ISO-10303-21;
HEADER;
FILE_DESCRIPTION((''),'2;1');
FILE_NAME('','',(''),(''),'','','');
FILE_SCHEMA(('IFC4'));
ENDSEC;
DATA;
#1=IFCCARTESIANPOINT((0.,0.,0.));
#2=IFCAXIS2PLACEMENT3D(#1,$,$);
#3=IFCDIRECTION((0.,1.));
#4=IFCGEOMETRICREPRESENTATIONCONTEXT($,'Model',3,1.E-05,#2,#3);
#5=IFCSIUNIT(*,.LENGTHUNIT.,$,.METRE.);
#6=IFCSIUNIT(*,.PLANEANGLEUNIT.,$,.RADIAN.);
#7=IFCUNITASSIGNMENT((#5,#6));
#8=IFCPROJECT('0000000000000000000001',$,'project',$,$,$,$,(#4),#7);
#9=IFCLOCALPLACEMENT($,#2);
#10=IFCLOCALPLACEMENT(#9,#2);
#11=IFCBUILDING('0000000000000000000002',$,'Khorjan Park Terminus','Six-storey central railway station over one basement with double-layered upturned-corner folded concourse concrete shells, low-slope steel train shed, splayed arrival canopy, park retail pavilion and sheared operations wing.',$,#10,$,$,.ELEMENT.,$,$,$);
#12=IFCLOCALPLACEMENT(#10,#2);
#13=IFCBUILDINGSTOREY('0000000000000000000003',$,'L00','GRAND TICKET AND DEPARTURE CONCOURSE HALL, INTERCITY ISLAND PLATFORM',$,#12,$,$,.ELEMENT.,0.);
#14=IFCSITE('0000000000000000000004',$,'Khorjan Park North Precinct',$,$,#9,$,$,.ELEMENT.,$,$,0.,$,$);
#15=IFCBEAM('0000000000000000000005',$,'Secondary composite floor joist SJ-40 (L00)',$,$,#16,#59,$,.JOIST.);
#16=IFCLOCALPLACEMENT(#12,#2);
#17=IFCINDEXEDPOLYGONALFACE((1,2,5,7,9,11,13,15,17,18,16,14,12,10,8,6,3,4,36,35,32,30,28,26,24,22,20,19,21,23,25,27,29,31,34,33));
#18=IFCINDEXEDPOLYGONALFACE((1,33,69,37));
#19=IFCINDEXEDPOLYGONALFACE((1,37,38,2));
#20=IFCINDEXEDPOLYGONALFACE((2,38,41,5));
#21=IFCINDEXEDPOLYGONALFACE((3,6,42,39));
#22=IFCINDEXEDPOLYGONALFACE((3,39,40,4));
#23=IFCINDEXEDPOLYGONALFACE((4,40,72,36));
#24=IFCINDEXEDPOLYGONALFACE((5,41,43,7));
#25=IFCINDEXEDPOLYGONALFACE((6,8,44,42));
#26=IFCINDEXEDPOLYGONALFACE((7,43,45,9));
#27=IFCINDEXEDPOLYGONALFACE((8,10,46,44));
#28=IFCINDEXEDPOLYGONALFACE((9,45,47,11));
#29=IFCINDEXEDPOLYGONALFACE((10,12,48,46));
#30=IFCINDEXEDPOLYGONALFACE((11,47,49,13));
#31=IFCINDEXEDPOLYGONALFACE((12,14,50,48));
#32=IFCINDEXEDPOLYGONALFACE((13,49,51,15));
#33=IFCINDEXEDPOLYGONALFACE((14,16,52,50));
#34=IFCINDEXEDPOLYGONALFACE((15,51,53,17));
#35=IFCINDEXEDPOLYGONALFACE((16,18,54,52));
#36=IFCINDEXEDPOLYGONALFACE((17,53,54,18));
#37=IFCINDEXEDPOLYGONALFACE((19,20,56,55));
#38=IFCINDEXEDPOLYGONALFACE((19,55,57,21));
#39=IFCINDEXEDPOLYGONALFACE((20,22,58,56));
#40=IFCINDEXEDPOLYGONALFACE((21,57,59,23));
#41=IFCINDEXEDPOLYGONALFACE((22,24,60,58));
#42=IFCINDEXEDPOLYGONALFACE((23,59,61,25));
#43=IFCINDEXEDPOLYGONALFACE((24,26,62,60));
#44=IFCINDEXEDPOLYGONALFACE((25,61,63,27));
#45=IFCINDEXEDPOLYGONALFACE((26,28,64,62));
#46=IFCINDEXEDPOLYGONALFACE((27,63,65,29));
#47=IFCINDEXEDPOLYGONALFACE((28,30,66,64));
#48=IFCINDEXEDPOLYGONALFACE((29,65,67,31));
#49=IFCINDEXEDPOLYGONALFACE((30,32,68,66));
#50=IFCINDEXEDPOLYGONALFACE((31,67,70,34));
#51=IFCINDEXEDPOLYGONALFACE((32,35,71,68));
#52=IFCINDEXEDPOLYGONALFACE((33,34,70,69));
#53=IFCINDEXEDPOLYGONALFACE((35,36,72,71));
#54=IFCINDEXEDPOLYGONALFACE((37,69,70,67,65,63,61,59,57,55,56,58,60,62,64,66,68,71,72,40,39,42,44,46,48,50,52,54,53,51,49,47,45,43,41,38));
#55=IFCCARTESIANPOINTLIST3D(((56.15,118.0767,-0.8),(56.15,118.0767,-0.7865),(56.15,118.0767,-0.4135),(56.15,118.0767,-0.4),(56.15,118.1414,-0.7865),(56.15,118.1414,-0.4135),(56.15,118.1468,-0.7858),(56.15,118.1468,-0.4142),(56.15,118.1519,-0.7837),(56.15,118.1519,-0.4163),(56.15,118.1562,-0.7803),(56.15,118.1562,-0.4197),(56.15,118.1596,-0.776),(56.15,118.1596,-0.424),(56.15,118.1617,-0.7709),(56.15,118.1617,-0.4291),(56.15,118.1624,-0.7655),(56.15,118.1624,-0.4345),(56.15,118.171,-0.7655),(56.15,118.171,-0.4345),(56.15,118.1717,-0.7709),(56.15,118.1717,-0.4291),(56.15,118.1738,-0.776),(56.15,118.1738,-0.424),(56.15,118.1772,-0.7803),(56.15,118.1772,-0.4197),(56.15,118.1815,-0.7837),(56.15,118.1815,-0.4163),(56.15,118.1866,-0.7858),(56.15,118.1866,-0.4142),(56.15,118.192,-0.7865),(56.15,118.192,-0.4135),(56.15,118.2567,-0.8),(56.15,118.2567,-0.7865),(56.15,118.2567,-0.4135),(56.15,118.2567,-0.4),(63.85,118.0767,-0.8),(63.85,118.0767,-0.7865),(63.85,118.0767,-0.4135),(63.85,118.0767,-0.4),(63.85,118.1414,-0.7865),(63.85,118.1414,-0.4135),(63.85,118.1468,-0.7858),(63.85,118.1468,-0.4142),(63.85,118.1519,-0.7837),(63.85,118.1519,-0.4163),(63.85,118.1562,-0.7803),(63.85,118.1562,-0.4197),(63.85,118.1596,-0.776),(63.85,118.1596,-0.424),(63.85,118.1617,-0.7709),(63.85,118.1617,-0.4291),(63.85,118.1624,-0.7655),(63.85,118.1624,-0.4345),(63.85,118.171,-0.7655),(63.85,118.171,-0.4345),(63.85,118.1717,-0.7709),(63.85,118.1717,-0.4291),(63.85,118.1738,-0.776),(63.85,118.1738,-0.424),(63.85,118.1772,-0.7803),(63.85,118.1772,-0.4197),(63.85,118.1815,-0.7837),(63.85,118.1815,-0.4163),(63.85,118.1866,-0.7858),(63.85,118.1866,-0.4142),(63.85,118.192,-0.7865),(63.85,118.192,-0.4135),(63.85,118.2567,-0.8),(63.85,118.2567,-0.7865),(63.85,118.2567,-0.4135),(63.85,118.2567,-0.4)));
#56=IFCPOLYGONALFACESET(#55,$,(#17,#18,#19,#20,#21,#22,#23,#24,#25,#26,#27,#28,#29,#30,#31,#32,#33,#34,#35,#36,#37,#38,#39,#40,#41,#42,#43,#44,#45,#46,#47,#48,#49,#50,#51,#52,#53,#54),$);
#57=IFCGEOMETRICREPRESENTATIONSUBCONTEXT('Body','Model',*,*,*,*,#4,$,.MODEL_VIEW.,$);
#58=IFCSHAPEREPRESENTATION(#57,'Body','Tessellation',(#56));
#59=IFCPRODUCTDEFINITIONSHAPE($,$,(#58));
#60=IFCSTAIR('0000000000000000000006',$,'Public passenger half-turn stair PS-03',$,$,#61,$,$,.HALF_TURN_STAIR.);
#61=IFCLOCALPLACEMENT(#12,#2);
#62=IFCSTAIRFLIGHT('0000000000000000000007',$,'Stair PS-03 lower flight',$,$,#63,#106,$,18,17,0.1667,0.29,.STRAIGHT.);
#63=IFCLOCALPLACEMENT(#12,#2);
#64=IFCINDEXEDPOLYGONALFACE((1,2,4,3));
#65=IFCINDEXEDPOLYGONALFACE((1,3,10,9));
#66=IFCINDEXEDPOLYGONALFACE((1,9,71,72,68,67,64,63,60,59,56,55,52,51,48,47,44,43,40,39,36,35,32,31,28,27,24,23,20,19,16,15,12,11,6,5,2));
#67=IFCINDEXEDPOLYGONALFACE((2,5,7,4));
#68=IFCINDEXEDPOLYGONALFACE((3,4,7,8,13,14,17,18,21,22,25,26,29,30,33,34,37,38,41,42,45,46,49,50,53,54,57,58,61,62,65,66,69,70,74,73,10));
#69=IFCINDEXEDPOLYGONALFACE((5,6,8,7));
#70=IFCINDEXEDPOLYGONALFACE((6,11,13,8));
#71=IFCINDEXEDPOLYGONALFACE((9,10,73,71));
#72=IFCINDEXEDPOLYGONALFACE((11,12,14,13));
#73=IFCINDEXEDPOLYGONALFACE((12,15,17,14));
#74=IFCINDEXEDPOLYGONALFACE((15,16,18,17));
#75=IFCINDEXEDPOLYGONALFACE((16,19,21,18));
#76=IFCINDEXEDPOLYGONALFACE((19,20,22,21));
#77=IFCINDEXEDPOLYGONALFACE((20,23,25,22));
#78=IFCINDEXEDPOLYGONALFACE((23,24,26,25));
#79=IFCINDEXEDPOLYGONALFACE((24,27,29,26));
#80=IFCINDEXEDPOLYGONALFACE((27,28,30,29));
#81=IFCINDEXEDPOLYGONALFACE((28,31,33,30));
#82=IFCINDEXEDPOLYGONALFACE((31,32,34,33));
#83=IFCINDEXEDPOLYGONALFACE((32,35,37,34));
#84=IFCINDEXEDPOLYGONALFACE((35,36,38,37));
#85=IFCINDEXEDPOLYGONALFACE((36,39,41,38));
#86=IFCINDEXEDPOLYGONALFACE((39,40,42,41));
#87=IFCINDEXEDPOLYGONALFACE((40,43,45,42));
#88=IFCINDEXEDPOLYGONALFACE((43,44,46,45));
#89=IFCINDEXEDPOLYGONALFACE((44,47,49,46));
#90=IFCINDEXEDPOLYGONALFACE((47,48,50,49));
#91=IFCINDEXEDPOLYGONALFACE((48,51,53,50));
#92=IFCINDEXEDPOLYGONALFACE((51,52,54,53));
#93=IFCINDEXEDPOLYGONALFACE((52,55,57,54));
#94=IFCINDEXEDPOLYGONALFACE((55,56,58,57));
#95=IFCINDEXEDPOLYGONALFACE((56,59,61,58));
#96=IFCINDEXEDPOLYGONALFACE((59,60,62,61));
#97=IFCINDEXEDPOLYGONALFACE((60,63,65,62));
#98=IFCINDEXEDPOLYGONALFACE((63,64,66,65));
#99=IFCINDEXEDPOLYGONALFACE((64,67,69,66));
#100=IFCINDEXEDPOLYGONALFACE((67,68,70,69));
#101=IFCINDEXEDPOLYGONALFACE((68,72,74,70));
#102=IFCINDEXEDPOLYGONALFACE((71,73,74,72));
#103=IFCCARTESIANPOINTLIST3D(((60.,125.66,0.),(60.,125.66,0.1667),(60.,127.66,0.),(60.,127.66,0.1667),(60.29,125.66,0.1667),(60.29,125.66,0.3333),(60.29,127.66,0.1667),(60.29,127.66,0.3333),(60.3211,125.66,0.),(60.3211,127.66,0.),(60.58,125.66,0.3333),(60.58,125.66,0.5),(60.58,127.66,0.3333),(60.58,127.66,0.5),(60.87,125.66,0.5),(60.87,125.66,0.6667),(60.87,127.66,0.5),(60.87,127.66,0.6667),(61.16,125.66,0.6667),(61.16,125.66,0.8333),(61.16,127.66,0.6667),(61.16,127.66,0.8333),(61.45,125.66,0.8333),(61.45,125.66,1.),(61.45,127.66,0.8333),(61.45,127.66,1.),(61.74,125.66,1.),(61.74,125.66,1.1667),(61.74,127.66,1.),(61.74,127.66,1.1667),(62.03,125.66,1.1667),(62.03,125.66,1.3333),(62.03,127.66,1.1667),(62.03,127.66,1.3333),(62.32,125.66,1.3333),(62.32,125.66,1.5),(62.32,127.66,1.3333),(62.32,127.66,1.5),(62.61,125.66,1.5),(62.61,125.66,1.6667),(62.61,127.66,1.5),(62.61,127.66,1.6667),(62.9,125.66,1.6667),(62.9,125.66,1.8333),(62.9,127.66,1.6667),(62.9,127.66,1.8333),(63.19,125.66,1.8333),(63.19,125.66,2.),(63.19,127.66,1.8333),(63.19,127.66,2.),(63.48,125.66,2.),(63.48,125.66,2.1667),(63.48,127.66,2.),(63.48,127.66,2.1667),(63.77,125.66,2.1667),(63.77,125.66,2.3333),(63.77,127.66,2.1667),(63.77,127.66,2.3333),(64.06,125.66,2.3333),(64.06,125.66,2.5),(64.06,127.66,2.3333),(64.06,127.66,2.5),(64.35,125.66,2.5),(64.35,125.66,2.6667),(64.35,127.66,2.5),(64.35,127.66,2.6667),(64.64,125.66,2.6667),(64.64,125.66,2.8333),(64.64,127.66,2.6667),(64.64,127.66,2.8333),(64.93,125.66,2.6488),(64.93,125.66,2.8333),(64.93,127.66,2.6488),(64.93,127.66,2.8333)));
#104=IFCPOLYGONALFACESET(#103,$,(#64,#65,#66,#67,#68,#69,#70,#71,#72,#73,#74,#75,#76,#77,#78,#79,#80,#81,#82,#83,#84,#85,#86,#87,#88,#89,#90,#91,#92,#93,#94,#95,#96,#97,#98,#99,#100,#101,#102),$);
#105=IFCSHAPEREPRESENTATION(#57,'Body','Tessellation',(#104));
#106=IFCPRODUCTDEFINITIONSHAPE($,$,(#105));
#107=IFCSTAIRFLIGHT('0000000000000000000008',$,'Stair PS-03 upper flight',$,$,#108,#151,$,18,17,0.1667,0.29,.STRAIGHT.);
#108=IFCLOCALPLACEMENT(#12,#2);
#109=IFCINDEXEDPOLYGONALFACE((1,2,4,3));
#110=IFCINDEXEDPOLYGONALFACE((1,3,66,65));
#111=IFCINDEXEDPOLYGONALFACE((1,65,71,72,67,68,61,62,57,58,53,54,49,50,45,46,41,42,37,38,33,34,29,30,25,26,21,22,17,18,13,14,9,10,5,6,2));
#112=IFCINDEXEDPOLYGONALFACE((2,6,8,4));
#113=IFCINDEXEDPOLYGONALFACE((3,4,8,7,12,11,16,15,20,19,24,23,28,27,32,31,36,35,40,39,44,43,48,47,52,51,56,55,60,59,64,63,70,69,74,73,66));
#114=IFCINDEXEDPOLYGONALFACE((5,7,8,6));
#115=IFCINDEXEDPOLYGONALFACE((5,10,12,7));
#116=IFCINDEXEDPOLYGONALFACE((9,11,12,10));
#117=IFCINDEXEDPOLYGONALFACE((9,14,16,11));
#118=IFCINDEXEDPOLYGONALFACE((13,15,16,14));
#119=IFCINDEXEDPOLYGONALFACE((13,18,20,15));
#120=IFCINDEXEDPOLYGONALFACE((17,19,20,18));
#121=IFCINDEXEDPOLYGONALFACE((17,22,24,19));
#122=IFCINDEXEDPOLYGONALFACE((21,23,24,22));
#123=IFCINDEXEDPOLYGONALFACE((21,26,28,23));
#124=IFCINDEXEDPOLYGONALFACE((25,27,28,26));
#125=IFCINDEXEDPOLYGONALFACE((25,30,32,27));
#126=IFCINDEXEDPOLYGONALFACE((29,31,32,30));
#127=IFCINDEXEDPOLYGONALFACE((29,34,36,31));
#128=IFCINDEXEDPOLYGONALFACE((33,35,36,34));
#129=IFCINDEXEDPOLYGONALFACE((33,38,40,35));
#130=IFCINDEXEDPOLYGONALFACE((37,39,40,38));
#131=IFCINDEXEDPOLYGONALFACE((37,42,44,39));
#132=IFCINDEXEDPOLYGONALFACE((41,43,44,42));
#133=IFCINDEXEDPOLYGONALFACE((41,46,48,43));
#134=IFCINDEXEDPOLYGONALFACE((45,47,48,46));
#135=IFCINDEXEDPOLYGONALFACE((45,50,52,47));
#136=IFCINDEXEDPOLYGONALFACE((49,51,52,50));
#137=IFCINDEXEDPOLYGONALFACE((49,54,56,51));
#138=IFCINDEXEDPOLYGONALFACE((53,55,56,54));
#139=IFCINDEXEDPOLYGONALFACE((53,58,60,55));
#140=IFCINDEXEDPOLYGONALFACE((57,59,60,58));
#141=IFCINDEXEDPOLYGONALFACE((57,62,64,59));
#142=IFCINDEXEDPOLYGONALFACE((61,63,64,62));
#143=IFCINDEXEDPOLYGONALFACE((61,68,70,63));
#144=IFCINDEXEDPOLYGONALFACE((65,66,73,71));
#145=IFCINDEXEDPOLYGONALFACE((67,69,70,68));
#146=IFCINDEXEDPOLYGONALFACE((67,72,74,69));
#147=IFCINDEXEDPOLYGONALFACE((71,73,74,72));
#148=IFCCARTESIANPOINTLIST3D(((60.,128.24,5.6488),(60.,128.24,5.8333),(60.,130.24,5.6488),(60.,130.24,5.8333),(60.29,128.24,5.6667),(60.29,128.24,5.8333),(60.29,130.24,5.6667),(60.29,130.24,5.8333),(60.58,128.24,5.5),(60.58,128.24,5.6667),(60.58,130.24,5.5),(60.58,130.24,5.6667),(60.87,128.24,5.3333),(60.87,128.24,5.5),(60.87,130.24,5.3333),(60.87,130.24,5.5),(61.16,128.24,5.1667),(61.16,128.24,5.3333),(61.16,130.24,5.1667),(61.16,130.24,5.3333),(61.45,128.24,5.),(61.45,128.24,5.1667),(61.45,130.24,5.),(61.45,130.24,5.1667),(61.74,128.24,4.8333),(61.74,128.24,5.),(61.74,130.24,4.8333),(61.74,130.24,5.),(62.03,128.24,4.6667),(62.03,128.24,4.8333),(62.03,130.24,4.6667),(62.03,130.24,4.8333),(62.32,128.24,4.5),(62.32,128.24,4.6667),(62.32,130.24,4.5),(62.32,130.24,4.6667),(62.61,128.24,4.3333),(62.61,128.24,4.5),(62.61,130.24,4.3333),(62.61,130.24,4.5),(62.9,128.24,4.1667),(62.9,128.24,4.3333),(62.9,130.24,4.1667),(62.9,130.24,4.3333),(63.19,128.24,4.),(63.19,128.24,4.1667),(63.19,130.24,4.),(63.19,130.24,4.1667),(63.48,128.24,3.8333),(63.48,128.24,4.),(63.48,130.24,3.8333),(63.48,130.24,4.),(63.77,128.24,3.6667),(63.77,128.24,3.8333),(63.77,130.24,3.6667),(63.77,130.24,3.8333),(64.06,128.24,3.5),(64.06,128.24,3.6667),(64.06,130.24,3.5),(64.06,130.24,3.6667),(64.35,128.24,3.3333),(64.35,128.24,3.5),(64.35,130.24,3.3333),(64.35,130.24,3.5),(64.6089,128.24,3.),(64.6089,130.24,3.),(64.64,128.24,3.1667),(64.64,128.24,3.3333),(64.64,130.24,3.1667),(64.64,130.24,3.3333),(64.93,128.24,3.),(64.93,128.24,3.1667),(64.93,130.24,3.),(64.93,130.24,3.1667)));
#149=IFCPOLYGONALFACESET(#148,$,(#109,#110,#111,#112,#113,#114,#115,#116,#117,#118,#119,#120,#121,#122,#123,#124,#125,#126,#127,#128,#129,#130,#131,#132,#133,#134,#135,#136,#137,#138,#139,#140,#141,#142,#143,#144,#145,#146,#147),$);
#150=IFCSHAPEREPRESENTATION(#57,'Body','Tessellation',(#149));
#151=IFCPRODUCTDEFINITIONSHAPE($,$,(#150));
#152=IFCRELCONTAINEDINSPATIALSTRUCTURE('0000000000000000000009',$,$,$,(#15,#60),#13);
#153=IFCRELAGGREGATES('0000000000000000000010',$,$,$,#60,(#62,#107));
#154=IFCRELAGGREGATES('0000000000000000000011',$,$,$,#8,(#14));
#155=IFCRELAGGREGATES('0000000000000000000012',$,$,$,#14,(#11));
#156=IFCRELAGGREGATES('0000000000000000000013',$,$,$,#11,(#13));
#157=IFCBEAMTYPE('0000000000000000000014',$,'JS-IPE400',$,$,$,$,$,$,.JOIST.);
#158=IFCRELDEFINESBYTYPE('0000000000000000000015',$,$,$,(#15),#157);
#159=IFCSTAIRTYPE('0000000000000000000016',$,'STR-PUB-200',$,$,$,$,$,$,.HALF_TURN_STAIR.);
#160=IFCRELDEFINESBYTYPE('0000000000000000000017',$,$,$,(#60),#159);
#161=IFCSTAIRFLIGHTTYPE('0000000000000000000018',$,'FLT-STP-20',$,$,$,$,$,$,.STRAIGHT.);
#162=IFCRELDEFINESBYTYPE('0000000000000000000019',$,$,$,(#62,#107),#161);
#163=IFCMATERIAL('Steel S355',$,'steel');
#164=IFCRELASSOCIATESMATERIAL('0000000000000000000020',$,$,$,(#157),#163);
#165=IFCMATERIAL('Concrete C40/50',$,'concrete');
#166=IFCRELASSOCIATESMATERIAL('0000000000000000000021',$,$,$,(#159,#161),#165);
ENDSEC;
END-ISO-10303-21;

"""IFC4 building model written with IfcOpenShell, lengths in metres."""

from ifc_helpers import new_model, si_unit, direction, frame, origin, origin_2d, place, context, subcontext, project, spatial, polyline, i_section, outline, extrude, material, material_profile, profile_set, type_object, element, aggregate, save


model = new_model("IFC4")

# Units and contexts
model_context = context("Model", 3, precision=1e-05, world=origin(), true_north=direction((0.0, 1.0)))
body_context = subcontext(model_context, "Body", "Model", "MODEL_VIEW")
ifc_project = project(units=[si_unit("LENGTHUNIT", "METRE"), si_unit("PLANEANGLEUNIT", "RADIAN")], contexts=[model_context])

# Site, building, storey
site_placement = place(None, origin())
site = spatial("IfcSite", under=ifc_project, at=site_placement, Name="Khorjan Park North Precinct", CompositionType="ELEMENT", RefElevation=0.0)
building_placement = place(site_placement, origin())
building = spatial("IfcBuilding", under=site, at=building_placement, Name="Khorjan Park Terminus", Description="Six-storey central railway station over one basement with double-layered upturned-corner folded concourse concrete shells, low-slope steel train shed, splayed arrival canopy, park retail pavilion and sheared operations wing.", CompositionType="ELEMENT")
storey_placement = place(building_placement, origin())
storey = spatial("IfcBuildingStorey", under=building, at=storey_placement, Name="L00", Description="GRAND TICKET AND DEPARTURE CONCOURSE HALL, INTERCITY ISLAND PLATFORM", CompositionType="ELEMENT", Elevation=0.0)

# Shared definitions
ifc_material_1 = material(Name="Steel S355", Category="steel")
ifc_material_2 = material(Name="Concrete C40/50", Category="concrete")

# Beam
ifc_material_profile_1 = material_profile(ifc_material_1, i_section(OverallWidth=0.18, OverallDepth=0.4, WebThickness=0.0086, FlangeThickness=0.0135, FilletRadius=0.021, at=origin_2d()), Name="IPE 400")
ifc_profile_set_1 = profile_set([ifc_material_profile_1], Name="Steel S355")
beam_type_1 = type_object("IfcBeamType", Name="JS-IPE400", PredefinedType="JOIST", material=ifc_profile_set_1)
beam_1_placement = place(storey_placement, frame((56.15, 118.1667, -0.6), z_axis=(1.0, 0.0, 0.0), x_axis=(0.0, 1.0, 0.0)))
element("IfcBeam", 1, at=beam_1_placement, inside=storey, type_object=beam_type_1, Name="Secondary composite floor joist SJ-40 (L00)", PredefinedType="JOIST", context=body_context, shape_type="SweptSolid", body=[
    extrude(i_section(OverallWidth=0.18, OverallDepth=0.4, WebThickness=0.0086, FlangeThickness=0.0135, FilletRadius=0.021, at=origin_2d()), origin(), (0.0, 0.0, 1.0), 7.7),
])

# Stair, stair flights
stair_type = type_object("IfcStairType", Name="STR-PUB-200", PredefinedType="HALF_TURN_STAIR", material=ifc_material_2)
stair_placement = place(storey_placement, origin())
stair = element("IfcStair", 2, at=stair_placement, inside=storey, type_object=stair_type, Name="Public passenger half-turn stair PS-03", PredefinedType="HALF_TURN_STAIR")
stair_flight_type = type_object("IfcStairFlightType", Name="FLT-STP-20", PredefinedType="STRAIGHT", material=ifc_material_2)
stair_flight_1_placement = place(storey_placement, frame((60.0, 126.66, 0.0), z_axis=(0.0, 0.0, 1.0), x_axis=(1.0, 0.0, 0.0)))
stair_flight_1 = element("IfcStairFlight", 3, at=stair_flight_1_placement, type_object=stair_flight_type, Name="Stair PS-03 lower flight", NumberOfRisers=18, NumberOfTreads=17, PredefinedType="STRAIGHT", RiserHeight=0.1667, TreadLength=0.29, context=body_context, shape_type="SweptSolid", body=[
    extrude(outline(polyline([(0.0, 0.0), (0.0, 0.1667), (0.29, 0.1667), (0.29, 0.3333), (0.58, 0.3333), (0.58, 0.5), (0.87, 0.5), (0.87, 0.6667), (1.16, 0.6667), (1.16, 0.8333), (1.45, 0.8333), (1.45, 1.0), (1.74, 1.0), (1.74, 1.1667), (2.03, 1.1667), (2.03, 1.3333), (2.32, 1.3333), (2.32, 1.5), (2.61, 1.5), (2.61, 1.6667), (2.9, 1.6667), (2.9, 1.8333), (3.19, 1.8333), (3.19, 2.0), (3.48, 2.0), (3.48, 2.1667), (3.77, 2.1667), (3.77, 2.3333), (4.06, 2.3333), (4.06, 2.5), (4.35, 2.5), (4.35, 2.6667), (4.64, 2.6667), (4.64, 2.8333), (4.93, 2.8333), (4.93, 3.0), (4.93, 2.6488), (0.3211, 0.0), (0.0, 0.0)])), frame((0.0, 1.0, 0.0), z_axis=(0.0, -1.0, 0.0), x_axis=(1.0, 0.0, 0.0)), (0.0, 0.0, 1.0), 2.0),
])
stair_flight_2_placement = place(storey_placement, frame((64.93, 129.24, 3.0), z_axis=(0.0, 0.0, 1.0), x_axis=(-1.0, 0.0, 0.0)))
stair_flight_2 = element("IfcStairFlight", 4, at=stair_flight_2_placement, type_object=stair_flight_type, Name="Stair PS-03 upper flight", NumberOfRisers=18, NumberOfTreads=17, PredefinedType="STRAIGHT", RiserHeight=0.1667, TreadLength=0.29, context=body_context, shape_type="SweptSolid", body=[
    extrude(outline(polyline([(0.0, 0.0), (0.0, 0.1667), (0.29, 0.1667), (0.29, 0.3333), (0.58, 0.3333), (0.58, 0.5), (0.87, 0.5), (0.87, 0.6667), (1.16, 0.6667), (1.16, 0.8333), (1.45, 0.8333), (1.45, 1.0), (1.74, 1.0), (1.74, 1.1667), (2.03, 1.1667), (2.03, 1.3333), (2.32, 1.3333), (2.32, 1.5), (2.61, 1.5), (2.61, 1.6667), (2.9, 1.6667), (2.9, 1.8333), (3.19, 1.8333), (3.19, 2.0), (3.48, 2.0), (3.48, 2.1667), (3.77, 2.1667), (3.77, 2.3333), (4.06, 2.3333), (4.06, 2.5), (4.35, 2.5), (4.35, 2.6667), (4.64, 2.6667), (4.64, 2.8333), (4.93, 2.8333), (4.93, 3.0), (4.93, 2.6488), (0.3211, 0.0), (0.0, 0.0)])), frame((0.0, 1.0, 0.0), z_axis=(0.0, -1.0, 0.0), x_axis=(1.0, 0.0, 0.0)), (0.0, 0.0, 1.0), 2.0),
])
aggregate(stair, [stair_flight_1, stair_flight_2])

save(model, "model.ifc")
